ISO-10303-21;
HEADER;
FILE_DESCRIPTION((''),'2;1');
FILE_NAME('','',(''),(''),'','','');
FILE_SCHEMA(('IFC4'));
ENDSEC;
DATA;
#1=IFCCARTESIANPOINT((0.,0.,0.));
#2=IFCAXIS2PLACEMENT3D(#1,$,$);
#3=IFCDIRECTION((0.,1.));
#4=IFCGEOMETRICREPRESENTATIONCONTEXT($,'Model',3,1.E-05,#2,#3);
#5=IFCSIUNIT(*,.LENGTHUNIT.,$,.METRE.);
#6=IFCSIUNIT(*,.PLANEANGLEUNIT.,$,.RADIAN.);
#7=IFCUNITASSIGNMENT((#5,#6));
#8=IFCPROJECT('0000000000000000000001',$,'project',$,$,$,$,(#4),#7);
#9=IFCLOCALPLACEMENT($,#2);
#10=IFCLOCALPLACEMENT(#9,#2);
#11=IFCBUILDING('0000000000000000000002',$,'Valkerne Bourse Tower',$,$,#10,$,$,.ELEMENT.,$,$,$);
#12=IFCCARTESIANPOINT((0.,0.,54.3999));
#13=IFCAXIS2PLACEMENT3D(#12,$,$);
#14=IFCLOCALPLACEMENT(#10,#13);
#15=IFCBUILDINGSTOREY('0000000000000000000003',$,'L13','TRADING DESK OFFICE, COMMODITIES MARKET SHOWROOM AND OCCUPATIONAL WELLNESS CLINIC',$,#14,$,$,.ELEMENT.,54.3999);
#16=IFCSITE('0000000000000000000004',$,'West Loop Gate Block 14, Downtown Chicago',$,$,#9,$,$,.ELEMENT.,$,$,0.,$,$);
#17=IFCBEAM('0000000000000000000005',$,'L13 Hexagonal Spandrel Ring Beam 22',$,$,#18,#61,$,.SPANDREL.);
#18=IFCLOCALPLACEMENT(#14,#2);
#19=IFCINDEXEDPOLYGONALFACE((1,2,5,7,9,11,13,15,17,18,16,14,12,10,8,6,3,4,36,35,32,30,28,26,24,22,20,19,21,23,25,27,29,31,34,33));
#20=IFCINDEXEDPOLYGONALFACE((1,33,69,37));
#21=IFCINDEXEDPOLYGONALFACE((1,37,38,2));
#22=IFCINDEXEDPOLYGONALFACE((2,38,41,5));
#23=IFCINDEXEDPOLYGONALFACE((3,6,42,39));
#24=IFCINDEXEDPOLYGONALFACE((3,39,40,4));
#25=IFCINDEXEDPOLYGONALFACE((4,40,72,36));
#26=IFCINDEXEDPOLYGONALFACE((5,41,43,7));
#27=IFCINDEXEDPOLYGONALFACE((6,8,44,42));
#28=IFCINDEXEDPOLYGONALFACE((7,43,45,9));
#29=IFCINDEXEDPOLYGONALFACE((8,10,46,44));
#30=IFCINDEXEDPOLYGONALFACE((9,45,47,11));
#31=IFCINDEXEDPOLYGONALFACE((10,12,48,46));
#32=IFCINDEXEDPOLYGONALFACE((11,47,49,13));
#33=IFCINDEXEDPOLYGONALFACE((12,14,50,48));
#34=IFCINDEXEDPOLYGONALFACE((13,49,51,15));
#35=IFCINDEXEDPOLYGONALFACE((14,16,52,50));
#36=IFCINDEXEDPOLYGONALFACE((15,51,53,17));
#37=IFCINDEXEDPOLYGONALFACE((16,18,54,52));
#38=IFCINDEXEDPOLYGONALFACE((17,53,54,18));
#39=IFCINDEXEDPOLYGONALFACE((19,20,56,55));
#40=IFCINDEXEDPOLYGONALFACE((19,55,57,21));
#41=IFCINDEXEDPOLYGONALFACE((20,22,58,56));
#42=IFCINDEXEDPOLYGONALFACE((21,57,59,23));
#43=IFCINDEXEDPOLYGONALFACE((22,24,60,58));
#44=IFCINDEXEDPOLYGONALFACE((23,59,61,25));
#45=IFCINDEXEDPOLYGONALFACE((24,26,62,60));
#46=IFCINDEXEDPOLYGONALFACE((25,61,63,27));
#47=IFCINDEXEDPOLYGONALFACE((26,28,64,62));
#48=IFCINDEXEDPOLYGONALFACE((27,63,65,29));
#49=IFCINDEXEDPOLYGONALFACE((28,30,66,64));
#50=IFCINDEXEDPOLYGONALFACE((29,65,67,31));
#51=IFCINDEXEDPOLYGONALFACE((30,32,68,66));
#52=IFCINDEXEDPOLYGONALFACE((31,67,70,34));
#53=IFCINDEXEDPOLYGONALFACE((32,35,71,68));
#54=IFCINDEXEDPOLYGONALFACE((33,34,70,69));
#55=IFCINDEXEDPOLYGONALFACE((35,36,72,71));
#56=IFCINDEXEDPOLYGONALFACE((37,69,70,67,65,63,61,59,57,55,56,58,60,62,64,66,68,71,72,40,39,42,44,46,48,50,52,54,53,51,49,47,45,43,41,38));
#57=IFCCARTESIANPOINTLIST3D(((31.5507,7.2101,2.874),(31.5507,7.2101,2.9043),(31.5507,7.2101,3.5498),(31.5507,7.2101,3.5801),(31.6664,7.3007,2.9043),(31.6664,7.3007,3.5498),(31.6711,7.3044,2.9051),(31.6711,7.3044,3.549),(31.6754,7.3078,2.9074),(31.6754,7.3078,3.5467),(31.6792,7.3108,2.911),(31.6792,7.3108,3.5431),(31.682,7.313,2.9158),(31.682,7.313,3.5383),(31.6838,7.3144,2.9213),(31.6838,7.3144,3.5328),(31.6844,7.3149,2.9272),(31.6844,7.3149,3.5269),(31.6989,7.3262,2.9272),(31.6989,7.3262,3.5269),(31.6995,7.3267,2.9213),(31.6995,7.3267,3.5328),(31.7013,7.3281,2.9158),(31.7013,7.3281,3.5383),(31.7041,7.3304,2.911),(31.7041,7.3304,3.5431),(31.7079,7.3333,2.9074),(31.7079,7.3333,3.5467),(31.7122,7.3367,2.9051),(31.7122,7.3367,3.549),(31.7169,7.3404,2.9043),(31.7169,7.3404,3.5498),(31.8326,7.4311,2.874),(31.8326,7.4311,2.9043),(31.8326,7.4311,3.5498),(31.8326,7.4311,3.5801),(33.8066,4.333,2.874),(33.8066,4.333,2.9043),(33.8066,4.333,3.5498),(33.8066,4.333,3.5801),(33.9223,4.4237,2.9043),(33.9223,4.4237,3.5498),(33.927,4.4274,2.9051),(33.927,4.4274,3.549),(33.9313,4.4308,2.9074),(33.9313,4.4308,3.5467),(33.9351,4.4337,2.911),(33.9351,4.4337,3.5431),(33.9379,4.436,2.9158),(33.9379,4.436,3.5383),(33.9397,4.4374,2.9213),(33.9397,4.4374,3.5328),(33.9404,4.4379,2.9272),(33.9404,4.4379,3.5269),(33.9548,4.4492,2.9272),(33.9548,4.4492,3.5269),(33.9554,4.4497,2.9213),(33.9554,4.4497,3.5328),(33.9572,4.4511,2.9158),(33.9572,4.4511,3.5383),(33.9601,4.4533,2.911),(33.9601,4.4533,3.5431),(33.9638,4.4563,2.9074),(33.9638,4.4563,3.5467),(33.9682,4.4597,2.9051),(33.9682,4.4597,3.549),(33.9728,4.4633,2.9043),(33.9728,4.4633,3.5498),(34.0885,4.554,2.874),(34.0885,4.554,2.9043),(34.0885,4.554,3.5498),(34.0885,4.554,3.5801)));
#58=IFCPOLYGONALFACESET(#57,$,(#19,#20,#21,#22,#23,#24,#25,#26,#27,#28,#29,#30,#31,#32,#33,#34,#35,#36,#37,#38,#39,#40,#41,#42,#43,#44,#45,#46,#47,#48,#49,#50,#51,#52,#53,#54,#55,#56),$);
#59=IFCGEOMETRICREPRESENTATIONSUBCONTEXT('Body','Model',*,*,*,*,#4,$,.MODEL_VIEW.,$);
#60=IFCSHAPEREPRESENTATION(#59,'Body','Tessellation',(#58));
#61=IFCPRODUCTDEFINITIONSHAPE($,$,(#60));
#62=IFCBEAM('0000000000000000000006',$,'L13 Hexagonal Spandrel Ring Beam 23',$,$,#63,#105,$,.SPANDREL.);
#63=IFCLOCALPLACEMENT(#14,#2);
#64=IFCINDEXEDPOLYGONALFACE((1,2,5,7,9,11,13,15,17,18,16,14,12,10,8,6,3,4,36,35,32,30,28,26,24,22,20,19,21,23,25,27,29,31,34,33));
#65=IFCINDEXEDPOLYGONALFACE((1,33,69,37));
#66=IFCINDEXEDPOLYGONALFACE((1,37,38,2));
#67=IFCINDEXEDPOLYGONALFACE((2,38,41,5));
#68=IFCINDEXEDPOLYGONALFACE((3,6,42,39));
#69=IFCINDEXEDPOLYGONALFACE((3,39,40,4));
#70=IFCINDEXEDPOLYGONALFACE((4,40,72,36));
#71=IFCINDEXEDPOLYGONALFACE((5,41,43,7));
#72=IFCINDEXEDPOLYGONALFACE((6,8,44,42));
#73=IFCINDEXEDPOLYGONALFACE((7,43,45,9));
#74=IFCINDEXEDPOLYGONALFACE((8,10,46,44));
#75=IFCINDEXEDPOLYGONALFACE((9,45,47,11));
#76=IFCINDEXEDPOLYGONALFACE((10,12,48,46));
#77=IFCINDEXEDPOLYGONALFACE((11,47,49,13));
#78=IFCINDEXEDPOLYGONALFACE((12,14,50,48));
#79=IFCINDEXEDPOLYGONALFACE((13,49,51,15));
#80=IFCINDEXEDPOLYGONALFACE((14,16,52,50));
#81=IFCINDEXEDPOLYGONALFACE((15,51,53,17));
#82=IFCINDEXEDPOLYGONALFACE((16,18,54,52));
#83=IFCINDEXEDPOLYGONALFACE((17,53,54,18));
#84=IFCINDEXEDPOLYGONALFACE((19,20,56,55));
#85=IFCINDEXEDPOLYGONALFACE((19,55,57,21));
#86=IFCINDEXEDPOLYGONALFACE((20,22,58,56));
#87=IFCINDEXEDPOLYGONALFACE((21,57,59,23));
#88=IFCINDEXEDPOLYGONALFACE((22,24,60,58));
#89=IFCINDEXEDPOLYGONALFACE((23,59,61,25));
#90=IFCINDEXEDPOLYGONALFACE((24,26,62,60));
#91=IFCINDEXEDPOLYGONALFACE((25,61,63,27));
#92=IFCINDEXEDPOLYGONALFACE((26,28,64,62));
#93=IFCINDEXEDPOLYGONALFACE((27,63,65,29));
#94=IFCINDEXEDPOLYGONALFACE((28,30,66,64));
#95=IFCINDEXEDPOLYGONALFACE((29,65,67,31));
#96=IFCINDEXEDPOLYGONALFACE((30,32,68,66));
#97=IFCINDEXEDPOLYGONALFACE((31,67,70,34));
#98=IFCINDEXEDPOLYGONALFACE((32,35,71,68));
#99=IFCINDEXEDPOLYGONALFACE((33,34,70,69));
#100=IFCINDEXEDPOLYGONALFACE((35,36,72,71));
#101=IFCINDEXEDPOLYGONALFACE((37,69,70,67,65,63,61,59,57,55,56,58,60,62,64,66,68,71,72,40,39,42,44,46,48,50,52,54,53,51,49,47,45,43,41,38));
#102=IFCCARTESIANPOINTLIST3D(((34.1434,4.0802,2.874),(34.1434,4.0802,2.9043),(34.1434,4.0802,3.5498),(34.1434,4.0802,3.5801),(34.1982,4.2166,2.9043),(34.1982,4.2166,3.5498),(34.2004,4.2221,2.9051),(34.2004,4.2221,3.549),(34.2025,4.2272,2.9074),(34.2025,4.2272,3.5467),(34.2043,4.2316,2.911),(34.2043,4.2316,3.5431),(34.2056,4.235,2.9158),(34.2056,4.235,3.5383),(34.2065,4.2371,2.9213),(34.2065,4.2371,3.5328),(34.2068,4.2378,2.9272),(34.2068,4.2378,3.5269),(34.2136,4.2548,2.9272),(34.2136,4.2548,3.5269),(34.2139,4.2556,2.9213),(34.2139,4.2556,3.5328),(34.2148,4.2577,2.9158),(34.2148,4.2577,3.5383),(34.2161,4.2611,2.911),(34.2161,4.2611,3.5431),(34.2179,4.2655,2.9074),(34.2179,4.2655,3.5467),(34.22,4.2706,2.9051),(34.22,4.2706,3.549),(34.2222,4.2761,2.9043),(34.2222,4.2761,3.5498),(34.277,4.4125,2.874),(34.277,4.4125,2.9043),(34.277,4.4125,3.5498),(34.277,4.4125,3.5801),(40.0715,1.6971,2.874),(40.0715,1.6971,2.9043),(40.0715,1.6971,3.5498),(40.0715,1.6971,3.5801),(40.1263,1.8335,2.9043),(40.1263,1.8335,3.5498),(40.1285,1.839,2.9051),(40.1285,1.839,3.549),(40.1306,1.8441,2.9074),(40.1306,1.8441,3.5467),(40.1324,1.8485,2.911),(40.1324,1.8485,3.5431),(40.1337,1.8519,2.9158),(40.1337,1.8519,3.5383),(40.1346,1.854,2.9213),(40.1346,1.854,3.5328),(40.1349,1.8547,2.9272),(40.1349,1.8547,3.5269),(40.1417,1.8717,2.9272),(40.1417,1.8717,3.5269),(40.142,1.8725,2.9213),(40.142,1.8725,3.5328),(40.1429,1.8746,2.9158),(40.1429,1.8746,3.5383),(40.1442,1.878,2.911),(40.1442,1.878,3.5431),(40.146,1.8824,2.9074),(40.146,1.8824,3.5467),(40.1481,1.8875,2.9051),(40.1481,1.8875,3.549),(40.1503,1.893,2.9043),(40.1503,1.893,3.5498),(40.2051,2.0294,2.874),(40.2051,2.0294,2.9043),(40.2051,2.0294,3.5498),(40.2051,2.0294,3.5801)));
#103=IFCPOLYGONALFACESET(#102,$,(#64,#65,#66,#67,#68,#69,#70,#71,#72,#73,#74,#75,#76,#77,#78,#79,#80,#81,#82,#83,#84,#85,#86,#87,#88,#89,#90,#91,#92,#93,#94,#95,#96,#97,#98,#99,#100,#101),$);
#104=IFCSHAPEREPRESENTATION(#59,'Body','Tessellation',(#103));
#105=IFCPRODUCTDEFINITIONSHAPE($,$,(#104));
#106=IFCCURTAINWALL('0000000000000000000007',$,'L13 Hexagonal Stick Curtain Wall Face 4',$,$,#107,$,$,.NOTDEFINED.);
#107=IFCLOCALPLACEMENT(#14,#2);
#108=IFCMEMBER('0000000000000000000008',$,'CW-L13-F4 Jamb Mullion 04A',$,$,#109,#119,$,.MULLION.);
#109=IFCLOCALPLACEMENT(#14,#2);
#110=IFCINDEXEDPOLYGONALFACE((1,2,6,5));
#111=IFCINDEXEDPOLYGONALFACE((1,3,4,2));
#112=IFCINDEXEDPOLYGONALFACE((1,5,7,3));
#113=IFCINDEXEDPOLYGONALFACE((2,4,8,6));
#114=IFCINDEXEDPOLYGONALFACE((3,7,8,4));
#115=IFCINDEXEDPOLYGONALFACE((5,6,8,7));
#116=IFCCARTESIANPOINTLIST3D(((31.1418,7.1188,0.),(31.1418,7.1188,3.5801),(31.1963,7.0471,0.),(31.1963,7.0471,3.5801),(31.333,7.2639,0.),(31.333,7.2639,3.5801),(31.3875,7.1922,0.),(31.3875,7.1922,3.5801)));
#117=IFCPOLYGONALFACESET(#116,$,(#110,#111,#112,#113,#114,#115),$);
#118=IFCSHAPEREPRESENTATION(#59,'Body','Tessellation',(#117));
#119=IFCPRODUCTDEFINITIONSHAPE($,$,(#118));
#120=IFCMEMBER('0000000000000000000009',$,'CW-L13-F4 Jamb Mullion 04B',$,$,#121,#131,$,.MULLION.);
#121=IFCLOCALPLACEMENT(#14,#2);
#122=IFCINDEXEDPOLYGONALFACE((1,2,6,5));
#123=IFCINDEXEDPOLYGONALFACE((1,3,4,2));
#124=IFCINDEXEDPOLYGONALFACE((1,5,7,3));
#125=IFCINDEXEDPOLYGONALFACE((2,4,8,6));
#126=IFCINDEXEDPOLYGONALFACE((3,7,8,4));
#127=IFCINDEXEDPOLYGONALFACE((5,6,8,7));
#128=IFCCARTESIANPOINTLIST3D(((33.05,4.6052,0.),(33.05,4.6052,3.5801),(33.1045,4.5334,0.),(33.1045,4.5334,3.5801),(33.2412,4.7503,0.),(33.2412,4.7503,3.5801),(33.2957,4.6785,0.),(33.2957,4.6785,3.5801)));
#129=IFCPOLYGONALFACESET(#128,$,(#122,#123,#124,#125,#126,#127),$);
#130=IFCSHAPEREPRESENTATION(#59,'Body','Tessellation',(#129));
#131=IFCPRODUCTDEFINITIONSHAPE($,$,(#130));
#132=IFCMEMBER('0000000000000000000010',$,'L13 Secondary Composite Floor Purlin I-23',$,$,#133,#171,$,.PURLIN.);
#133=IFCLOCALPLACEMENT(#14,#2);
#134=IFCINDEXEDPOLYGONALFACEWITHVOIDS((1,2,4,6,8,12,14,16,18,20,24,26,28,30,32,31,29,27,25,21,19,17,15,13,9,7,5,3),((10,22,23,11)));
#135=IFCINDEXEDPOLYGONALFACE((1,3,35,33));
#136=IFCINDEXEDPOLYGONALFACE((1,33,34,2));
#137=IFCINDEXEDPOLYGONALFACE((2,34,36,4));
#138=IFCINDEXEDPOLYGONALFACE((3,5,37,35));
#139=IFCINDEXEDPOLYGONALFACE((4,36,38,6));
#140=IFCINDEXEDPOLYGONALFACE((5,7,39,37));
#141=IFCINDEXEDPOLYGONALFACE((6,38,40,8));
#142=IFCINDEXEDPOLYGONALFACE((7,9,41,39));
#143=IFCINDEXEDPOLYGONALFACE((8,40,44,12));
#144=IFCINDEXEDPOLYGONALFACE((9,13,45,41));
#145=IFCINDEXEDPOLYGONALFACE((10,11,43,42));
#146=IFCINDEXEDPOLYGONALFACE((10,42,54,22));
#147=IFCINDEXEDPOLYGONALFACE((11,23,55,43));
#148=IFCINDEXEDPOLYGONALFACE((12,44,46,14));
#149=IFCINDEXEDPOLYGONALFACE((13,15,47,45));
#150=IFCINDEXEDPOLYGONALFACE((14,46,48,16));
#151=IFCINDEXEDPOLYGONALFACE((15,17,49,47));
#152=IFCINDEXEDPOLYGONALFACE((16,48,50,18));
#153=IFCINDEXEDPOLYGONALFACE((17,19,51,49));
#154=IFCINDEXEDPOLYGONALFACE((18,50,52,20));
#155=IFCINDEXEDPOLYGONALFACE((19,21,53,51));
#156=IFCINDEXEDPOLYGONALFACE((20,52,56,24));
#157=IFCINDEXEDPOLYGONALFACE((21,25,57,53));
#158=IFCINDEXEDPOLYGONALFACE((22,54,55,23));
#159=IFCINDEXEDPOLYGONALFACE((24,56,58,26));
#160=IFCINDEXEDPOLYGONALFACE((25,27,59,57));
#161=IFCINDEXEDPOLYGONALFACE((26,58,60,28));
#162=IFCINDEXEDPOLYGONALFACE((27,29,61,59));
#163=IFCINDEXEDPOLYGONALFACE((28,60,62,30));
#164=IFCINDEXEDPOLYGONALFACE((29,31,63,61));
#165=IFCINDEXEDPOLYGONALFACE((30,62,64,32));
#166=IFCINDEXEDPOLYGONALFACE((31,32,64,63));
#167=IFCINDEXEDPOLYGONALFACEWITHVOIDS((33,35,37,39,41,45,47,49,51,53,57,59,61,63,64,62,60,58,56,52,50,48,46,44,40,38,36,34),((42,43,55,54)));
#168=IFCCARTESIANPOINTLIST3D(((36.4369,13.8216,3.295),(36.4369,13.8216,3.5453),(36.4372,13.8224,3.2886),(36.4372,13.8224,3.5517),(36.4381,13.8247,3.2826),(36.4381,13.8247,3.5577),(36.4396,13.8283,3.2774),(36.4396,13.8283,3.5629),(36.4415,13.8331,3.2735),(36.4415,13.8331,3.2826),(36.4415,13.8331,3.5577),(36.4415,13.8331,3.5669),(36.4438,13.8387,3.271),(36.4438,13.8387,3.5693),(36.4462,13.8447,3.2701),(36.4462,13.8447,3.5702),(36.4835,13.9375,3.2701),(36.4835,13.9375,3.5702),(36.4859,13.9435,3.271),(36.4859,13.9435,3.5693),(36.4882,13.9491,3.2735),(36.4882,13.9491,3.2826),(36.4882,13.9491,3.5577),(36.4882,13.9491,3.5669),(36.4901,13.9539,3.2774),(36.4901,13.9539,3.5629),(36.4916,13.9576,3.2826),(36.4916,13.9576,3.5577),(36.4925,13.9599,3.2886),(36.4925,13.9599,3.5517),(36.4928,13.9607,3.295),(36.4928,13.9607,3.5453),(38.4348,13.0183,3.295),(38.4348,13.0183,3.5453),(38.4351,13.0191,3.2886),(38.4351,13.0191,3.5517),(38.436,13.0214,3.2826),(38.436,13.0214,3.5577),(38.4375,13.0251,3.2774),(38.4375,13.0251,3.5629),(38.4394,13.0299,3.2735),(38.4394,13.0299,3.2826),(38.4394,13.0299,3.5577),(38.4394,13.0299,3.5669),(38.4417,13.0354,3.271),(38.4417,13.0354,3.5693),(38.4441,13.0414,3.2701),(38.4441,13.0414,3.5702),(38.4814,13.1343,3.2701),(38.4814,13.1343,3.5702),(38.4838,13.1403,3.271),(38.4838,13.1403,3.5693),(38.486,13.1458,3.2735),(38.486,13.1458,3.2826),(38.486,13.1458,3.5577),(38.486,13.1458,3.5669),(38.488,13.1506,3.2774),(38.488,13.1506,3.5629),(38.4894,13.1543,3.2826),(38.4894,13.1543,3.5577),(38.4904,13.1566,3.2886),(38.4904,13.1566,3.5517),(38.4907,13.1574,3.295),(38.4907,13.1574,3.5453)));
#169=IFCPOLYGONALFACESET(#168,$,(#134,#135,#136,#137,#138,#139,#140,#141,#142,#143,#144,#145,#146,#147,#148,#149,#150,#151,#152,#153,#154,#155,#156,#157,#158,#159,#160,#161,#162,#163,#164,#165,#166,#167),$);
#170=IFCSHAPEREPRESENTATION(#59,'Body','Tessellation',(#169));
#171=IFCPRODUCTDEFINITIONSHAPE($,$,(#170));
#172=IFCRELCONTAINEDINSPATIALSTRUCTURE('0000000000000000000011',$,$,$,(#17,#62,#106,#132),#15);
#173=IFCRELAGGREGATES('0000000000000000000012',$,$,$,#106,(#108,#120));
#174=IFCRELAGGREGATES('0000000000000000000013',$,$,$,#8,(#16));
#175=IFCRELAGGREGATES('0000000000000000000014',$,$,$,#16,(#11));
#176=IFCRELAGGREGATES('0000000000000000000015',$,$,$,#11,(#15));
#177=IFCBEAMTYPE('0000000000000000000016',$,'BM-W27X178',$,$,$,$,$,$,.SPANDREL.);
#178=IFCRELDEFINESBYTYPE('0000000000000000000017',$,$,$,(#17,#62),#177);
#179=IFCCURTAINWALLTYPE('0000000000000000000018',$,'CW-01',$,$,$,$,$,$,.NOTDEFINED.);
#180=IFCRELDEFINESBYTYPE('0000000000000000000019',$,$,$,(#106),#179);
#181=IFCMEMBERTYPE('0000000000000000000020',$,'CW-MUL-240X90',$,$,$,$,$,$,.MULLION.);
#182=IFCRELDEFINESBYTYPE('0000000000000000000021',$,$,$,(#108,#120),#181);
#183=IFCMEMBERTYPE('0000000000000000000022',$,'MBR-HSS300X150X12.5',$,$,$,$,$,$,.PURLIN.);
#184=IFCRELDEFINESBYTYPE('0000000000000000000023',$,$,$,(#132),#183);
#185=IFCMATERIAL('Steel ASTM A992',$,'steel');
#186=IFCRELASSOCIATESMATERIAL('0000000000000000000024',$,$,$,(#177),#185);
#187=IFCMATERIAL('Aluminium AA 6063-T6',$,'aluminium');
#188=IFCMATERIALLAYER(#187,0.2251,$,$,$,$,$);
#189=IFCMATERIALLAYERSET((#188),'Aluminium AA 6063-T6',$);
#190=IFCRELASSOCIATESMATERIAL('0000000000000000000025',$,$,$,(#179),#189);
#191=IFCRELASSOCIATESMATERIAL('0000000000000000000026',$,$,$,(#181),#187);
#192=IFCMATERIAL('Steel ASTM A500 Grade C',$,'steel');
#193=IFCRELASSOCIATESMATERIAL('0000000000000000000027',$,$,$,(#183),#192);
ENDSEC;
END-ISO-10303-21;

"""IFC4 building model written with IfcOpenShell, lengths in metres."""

from ifc_helpers import new_model, si_unit, direction, frame, origin, origin_2d, place, context, subcontext, project, spatial, rectangle, hollow_rectangle, i_section, extrude, material, layer, layer_set, material_profile, profile_set, type_object, element, aggregate, save


model = new_model("IFC4")

# Units and contexts
model_context = context("Model", 3, precision=1e-05, world=origin(), true_north=direction((0.0, 1.0)))
body_context = subcontext(model_context, "Body", "Model", "MODEL_VIEW")
ifc_project = project(units=[si_unit("LENGTHUNIT", "METRE"), si_unit("PLANEANGLEUNIT", "RADIAN")], contexts=[model_context])

# Site, building, storey
site_placement = place(None, origin())
site = spatial("IfcSite", under=ifc_project, at=site_placement, Name="West Loop Gate Block 14, Downtown Chicago", CompositionType="ELEMENT", RefElevation=0.0)
building_placement = place(site_placement, origin())
building = spatial("IfcBuilding", under=site, at=building_placement, Name="Valkerne Bourse Tower", CompositionType="ELEMENT")
storey_placement = place(building_placement, frame((0.0, 0.0, 54.3999)))
storey = spatial("IfcBuildingStorey", under=building, at=storey_placement, Name="L13", Description="TRADING DESK OFFICE, COMMODITIES MARKET SHOWROOM AND OCCUPATIONAL WELLNESS CLINIC", CompositionType="ELEMENT", Elevation=54.3999)

# Beams
ifc_material_1 = material(Name="Steel ASTM A992", Category="steel")
ifc_material_profile_1 = material_profile(ifc_material_1, i_section(OverallWidth=0.3582, OverallDepth=0.7061, WebThickness=0.0183, FlangeThickness=0.0303, FilletRadius=0.0229, at=origin_2d()), Name="W27X178")
ifc_profile_set_1 = profile_set([ifc_material_profile_1], Name="Steel ASTM A992")
beam_type_1 = type_object("IfcBeamType", Name="BM-W27X178", PredefinedType="SPANDREL", material=ifc_profile_set_1)
beam_1_placement = place(storey_placement, frame((31.6917, 7.3206, 3.2271), z_axis=(0.617043, -0.78693, 0.0), x_axis=(0.78693, 0.617043, 0.0)))
element("IfcBeam", 1, at=beam_1_placement, inside=storey, type_object=beam_type_1, Name="L13 Hexagonal Spandrel Ring Beam 22", PredefinedType="SPANDREL", context=body_context, shape_type="SweptSolid", body=[
    extrude(i_section(OverallWidth=0.3582, OverallDepth=0.7061, WebThickness=0.0183, FlangeThickness=0.0303, FilletRadius=0.0229, at=origin_2d()), origin(), (0.0, 0.0, 1.0), 3.656),
])
beam_2_placement = place(storey_placement, frame((34.2102, 4.2463, 3.2271), z_axis=(0.927835, -0.372991, 0.0), x_axis=(0.372991, 0.927835, 0.0)))
element("IfcBeam", 2, at=beam_2_placement, inside=storey, type_object=beam_type_1, Name="L13 Hexagonal Spandrel Ring Beam 23", PredefinedType="SPANDREL", context=body_context, shape_type="SweptSolid", body=[
    extrude(i_section(OverallWidth=0.3582, OverallDepth=0.7061, WebThickness=0.0183, FlangeThickness=0.0303, FilletRadius=0.0229, at=origin_2d()), origin(), (0.0, 0.0, 1.0), 6.3892),
])

# Curtain wall, members
ifc_material_2 = material(Name="Aluminium AA 6063-T6", Category="aluminium")
ifc_layer_1 = layer(ifc_material_2, 0.2251)
ifc_layer_set_1 = layer_set([ifc_layer_1], Name="Aluminium AA 6063-T6")
curtain_wall_type = type_object("IfcCurtainWallType", Name="CW-01", PredefinedType="NOTDEFINED", material=ifc_layer_set_1)
curtain_wall_placement = place(storey_placement, origin())
curtain_wall = element("IfcCurtainWall", 3, at=curtain_wall_placement, inside=storey, type_object=curtain_wall_type, Name="L13 Hexagonal Stick Curtain Wall Face 4", PredefinedType="NOTDEFINED")
ifc_material_profile_2 = material_profile(ifc_material_2, rectangle(XDim=0.0901, YDim=0.24, at=origin_2d()), Name="CWM-90X240")
ifc_profile_set_2 = profile_set([ifc_material_profile_2], Name="Aluminium AA 6063-T6")
member_type_1 = type_object("IfcMemberType", Name="CW-MUL-240X90", PredefinedType="MULLION", material=ifc_profile_set_2)
member_1_placement = place(storey_placement, frame((31.2646, 7.1555, 0.0), z_axis=(0.0, 0.0, 1.0), x_axis=(0.604607, -0.796524, 0.0)))
member_1 = element("IfcMember", 4, at=member_1_placement, type_object=member_type_1, Name="CW-L13-F4 Jamb Mullion 04A", PredefinedType="MULLION", context=body_context, shape_type="SweptSolid", body=[
    extrude(rectangle(XDim=0.0901, YDim=0.24, at=origin_2d()), origin(), (0.0, 0.0, 1.0), 3.5801),
])
member_2_placement = place(storey_placement, frame((33.1729, 4.6418, 0.0), z_axis=(0.0, 0.0, 1.0), x_axis=(0.604607, -0.796524, 0.0)))
member_2 = element("IfcMember", 5, at=member_2_placement, type_object=member_type_1, Name="CW-L13-F4 Jamb Mullion 04B", PredefinedType="MULLION", context=body_context, shape_type="SweptSolid", body=[
    extrude(rectangle(XDim=0.0901, YDim=0.24, at=origin_2d()), origin(), (0.0, 0.0, 1.0), 3.5801),
])

# Member
ifc_material_3 = material(Name="Steel ASTM A500 Grade C", Category="steel")
ifc_material_profile_3 = material_profile(ifc_material_3, hollow_rectangle(XDim=0.1499, YDim=0.3, WallThickness=0.0125, OuterFilletRadius=0.0249, at=origin_2d()), Name="HSS300X150X12.5")
ifc_profile_set_3 = profile_set([ifc_material_profile_3], Name="Steel ASTM A500 Grade C")
member_type_2 = type_object("IfcMemberType", Name="MBR-HSS300X150X12.5", PredefinedType="PURLIN", material=ifc_profile_set_3)
member_3_placement = place(storey_placement, frame((36.4648, 13.8911, 3.4202), z_axis=(0.927818, -0.373032, 0.0), x_axis=(0.373032, 0.927818, 0.0)))
element("IfcMember", 6, at=member_3_placement, inside=storey, type_object=member_type_2, Name="L13 Secondary Composite Floor Purlin I-23", PredefinedType="PURLIN", context=body_context, shape_type="SweptSolid", body=[
    extrude(hollow_rectangle(XDim=0.1499, YDim=0.3, WallThickness=0.0125, OuterFilletRadius=0.0249, at=origin_2d()), origin(), (0.0, 0.0, 1.0), 2.1533),
])

aggregate(curtain_wall, [member_1, member_2])

save(model, "model.ifc")
